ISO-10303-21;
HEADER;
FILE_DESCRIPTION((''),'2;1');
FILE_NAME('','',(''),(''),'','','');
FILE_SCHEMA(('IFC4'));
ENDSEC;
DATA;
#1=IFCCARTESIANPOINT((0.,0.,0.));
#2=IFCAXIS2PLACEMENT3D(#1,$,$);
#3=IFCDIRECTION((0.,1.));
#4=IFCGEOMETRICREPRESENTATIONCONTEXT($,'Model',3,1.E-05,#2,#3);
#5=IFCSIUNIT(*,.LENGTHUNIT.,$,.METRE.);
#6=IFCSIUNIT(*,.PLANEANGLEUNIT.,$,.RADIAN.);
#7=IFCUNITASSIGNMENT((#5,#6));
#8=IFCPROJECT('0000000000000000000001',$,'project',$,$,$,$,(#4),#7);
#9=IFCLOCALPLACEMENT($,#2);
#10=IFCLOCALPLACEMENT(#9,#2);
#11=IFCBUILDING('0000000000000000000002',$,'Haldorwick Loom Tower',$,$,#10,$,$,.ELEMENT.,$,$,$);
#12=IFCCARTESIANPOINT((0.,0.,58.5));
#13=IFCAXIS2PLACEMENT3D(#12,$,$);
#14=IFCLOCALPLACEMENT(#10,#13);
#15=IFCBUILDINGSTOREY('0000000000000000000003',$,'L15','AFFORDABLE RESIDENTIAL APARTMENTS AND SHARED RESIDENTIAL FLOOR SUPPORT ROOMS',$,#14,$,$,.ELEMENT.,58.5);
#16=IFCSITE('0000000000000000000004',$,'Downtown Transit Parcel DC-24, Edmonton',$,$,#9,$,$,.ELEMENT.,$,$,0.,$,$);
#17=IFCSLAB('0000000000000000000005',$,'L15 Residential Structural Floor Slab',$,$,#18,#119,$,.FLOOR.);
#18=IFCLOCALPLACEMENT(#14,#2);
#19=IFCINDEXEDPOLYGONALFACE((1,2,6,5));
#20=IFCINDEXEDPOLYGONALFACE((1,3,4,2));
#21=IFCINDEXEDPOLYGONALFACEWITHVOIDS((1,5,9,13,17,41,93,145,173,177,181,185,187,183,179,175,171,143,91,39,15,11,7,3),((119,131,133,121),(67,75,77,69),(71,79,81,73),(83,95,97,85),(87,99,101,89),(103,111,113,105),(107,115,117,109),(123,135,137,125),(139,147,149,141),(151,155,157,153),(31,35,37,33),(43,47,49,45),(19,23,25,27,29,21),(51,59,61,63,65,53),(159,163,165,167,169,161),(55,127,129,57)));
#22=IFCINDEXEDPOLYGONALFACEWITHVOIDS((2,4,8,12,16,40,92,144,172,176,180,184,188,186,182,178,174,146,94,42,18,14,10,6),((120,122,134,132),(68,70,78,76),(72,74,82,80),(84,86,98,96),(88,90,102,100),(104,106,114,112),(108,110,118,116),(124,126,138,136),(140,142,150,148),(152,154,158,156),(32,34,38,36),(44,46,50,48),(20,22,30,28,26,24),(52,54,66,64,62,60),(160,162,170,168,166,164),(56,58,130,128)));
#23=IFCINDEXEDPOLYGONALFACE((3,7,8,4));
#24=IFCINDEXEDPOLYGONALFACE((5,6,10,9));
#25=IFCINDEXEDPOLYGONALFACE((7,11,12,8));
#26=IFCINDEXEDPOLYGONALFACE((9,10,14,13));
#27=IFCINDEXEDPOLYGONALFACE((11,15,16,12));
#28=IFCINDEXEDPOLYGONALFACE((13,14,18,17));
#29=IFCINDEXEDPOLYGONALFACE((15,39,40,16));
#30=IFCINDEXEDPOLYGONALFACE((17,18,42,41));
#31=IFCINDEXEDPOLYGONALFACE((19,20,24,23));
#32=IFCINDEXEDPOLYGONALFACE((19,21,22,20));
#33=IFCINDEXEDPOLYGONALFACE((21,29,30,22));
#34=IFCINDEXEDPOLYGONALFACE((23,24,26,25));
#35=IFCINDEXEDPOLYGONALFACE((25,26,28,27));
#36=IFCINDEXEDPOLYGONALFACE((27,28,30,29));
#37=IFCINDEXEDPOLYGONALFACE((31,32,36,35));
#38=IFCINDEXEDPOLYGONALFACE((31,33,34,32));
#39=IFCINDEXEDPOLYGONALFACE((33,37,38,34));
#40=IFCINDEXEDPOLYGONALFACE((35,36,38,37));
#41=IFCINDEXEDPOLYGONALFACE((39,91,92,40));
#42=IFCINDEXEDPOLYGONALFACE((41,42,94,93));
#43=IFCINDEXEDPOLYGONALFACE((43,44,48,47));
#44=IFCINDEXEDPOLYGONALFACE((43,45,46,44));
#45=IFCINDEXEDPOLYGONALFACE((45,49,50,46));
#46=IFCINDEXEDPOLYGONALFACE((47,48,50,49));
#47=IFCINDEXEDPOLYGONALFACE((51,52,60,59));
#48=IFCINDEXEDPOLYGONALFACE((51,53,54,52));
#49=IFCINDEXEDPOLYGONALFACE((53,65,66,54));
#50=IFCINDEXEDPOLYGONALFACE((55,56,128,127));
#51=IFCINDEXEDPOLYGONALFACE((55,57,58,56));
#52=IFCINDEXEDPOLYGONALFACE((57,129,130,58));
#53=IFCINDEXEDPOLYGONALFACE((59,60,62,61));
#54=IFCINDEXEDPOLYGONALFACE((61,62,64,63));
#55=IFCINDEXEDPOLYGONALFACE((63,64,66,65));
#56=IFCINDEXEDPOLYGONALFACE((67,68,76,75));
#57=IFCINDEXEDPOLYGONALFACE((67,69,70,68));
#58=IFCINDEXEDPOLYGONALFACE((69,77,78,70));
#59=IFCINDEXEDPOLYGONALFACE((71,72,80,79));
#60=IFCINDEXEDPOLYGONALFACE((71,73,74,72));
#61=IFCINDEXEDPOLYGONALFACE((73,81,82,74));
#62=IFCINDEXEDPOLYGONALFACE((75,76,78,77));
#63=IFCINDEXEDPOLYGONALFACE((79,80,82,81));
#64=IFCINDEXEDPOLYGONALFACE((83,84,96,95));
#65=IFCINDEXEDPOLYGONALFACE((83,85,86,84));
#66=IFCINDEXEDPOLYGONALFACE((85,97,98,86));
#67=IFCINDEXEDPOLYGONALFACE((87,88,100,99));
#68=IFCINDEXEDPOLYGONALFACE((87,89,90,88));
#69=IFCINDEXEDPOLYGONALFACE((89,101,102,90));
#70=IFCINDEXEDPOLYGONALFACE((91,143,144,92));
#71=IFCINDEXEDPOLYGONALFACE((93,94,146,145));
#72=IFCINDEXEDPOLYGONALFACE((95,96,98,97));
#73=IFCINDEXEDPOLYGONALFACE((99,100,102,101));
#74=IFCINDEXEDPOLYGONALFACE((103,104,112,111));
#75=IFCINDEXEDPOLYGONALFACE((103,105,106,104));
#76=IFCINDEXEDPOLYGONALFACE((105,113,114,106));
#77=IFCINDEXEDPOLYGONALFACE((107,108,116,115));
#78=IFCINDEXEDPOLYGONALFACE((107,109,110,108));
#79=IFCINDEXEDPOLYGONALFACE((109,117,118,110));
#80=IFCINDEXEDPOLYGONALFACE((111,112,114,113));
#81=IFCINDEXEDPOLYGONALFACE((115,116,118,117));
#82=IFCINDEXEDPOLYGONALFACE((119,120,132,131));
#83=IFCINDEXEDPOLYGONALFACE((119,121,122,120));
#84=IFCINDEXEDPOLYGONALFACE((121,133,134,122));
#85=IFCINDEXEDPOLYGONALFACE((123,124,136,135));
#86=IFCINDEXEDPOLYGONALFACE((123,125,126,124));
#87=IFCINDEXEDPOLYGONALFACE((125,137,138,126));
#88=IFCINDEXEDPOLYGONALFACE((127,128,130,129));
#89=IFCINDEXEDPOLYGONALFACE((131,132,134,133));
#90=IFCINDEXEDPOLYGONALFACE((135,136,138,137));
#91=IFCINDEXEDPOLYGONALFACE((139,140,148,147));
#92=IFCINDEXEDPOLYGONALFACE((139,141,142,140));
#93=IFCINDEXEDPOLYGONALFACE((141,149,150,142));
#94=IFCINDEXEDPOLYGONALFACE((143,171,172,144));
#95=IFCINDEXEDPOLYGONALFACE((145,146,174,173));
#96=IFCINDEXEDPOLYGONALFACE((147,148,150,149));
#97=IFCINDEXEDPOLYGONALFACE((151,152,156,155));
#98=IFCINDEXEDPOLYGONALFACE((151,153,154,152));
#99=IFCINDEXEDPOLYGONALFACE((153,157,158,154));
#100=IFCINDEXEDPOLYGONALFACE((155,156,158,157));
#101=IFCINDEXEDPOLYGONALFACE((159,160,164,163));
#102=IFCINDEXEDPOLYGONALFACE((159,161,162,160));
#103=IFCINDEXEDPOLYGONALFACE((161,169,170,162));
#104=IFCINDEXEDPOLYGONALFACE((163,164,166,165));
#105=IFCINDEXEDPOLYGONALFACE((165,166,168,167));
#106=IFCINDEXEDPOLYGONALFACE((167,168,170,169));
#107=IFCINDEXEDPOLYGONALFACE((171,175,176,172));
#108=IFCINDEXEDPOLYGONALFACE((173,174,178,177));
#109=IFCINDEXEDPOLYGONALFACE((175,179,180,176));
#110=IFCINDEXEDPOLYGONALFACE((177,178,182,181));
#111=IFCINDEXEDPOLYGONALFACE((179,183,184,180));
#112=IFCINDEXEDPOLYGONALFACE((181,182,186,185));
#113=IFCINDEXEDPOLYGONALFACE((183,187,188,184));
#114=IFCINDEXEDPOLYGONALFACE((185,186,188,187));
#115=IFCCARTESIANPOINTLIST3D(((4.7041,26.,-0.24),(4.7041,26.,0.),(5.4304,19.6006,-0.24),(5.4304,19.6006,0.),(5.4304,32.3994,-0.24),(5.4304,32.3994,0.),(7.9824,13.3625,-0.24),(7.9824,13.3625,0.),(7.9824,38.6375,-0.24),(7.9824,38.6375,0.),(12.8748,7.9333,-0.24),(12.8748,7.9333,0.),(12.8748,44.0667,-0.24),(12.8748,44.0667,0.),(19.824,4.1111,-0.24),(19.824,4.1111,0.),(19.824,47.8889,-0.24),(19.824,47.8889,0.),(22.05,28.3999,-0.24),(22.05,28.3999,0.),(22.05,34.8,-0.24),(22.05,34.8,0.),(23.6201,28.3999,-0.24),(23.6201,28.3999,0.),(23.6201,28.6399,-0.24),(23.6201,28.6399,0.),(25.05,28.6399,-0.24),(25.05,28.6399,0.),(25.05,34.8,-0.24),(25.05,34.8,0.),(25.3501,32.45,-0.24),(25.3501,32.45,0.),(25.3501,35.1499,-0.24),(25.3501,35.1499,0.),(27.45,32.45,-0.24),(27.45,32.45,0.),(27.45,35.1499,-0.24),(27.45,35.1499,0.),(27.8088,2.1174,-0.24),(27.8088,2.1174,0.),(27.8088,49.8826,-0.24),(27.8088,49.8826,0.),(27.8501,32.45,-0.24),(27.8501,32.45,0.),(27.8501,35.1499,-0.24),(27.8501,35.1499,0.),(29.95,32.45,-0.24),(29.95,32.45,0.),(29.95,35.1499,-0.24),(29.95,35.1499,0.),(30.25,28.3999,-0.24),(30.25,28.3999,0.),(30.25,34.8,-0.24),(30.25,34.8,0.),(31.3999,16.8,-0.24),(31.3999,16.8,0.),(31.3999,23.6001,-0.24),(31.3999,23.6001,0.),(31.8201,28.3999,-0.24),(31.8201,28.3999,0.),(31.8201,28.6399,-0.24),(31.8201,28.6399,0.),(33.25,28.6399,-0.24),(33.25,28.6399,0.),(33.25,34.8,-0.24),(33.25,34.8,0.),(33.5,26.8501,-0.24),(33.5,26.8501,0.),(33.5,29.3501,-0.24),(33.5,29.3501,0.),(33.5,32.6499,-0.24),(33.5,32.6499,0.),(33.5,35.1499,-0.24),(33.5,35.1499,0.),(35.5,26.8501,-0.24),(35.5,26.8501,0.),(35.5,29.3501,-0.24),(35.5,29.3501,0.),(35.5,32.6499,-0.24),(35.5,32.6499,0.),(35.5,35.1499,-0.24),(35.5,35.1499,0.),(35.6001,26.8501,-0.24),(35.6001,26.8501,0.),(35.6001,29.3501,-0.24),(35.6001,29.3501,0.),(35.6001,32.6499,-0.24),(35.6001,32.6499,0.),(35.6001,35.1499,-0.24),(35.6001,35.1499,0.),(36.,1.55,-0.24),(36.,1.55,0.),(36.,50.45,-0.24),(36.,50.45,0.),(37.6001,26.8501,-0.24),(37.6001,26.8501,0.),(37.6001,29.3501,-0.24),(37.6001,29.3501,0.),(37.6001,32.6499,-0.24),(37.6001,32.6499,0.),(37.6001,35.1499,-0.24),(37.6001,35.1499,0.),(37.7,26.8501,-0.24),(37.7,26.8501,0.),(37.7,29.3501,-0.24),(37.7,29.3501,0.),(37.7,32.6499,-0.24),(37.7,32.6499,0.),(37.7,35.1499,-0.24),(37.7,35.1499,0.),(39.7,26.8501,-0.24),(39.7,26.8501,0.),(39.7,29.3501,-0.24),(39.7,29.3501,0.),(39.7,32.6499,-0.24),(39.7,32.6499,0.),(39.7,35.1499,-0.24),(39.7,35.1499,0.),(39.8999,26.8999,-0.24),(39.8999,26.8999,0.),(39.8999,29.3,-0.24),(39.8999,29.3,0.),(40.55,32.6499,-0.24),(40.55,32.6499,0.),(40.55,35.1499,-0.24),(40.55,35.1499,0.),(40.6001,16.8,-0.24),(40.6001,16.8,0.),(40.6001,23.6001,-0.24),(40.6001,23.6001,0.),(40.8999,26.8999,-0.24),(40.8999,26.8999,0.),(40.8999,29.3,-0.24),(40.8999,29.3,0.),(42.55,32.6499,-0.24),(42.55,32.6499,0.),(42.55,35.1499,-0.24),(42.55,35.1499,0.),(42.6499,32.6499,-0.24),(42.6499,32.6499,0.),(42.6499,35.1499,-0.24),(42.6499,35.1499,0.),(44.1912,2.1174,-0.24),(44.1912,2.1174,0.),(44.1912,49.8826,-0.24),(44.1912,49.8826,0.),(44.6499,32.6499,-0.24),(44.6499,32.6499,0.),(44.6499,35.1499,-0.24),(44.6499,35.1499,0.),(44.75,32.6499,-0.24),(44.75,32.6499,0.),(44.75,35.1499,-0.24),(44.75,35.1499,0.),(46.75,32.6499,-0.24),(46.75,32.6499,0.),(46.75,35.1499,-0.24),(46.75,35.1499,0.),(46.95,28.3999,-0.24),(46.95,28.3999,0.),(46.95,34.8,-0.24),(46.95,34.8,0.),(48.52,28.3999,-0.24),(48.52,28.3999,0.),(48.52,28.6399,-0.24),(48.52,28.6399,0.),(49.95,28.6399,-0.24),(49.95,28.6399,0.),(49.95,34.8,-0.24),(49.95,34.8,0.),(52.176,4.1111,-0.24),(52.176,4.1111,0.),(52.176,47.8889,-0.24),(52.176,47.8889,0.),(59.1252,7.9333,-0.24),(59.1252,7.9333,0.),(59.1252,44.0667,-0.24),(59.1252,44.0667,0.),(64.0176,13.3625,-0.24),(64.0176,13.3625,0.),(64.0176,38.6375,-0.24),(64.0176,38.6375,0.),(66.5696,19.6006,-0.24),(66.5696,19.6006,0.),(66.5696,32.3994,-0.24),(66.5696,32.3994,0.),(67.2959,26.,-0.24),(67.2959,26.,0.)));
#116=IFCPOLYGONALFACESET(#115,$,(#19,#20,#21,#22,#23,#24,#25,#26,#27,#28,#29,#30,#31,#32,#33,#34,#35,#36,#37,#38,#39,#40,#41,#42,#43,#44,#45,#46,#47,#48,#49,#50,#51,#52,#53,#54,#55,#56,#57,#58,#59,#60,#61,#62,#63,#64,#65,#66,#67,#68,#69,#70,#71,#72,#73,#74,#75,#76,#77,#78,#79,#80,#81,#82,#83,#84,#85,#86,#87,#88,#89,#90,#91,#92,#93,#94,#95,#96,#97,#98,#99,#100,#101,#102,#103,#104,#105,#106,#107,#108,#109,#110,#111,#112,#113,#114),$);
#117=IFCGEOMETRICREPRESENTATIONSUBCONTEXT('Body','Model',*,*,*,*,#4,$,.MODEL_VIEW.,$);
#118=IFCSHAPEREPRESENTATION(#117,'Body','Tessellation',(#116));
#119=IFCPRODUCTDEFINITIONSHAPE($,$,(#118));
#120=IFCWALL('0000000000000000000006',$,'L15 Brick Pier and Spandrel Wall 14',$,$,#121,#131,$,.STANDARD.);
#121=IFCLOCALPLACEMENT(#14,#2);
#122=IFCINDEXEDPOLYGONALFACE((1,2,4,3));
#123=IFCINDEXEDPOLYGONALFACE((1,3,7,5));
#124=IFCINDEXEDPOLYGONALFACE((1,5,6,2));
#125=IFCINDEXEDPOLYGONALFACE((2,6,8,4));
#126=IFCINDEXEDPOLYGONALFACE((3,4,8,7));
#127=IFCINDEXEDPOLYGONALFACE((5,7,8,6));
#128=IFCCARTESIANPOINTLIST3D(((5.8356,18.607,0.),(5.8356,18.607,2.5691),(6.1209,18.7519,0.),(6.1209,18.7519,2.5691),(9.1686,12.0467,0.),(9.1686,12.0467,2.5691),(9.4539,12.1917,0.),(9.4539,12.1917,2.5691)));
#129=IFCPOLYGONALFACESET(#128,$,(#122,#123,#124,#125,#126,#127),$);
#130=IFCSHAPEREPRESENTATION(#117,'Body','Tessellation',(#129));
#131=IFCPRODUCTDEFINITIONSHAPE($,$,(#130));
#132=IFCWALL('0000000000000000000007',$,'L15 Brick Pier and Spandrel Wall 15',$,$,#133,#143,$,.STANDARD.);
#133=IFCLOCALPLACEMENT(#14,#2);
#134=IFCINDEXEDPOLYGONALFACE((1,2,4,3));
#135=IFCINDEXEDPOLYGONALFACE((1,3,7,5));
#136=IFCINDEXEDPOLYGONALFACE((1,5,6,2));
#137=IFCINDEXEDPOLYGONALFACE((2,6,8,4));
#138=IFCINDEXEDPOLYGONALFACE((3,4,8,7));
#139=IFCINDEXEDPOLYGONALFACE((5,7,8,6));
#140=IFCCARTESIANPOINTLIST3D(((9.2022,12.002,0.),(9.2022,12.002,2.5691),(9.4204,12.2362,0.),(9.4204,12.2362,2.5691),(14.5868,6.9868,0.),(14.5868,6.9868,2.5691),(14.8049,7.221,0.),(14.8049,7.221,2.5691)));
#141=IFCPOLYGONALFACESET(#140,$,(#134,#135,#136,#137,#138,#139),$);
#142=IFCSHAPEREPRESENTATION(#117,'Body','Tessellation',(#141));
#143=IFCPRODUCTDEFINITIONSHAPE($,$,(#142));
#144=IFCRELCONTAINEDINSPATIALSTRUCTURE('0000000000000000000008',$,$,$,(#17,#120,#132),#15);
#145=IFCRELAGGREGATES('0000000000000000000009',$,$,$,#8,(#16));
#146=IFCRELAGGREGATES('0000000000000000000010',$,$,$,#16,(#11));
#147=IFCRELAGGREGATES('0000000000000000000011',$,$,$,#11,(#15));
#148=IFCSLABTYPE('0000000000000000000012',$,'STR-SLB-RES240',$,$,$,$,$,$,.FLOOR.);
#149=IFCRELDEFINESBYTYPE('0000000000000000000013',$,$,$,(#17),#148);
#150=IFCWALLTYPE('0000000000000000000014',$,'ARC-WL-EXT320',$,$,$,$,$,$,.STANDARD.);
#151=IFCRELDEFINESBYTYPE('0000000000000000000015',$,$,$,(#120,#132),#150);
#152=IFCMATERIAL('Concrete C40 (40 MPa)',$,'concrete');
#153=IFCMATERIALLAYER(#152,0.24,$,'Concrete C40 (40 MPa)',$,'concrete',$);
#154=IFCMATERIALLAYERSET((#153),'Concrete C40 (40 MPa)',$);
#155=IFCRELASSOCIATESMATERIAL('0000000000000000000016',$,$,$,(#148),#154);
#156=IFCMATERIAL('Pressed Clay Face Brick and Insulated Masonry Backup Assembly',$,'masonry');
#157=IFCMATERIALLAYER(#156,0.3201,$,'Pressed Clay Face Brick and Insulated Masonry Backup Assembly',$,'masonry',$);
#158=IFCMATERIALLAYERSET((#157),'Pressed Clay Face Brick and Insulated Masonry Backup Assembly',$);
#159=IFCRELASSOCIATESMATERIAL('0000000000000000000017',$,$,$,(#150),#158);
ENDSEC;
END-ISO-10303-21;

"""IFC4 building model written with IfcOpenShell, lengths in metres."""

from ifc_helpers import new_model, si_unit, direction, frame, frame_2d, origin, place, context, subcontext, project, spatial, polyline, rectangle, outline, extrude, material, layer, layer_set, type_object, element, save


model = new_model("IFC4")

# Units and contexts
model_context = context("Model", 3, precision=1e-05, world=origin(), true_north=direction((0.0, 1.0)))
body_context = subcontext(model_context, "Body", "Model", "MODEL_VIEW")
ifc_project = project(units=[si_unit("LENGTHUNIT", "METRE"), si_unit("PLANEANGLEUNIT", "RADIAN")], contexts=[model_context])

# Site, building, storey
site_placement = place(None, origin())
site = spatial("IfcSite", under=ifc_project, at=site_placement, Name="Downtown Transit Parcel DC-24, Edmonton", CompositionType="ELEMENT", RefElevation=0.0)
building_placement = place(site_placement, origin())
building = spatial("IfcBuilding", under=site, at=building_placement, Name="Haldorwick Loom Tower", CompositionType="ELEMENT")
storey_placement = place(building_placement, frame((0.0, 0.0, 58.5)))
storey = spatial("IfcBuildingStorey", under=building, at=storey_placement, Name="L15", Description="AFFORDABLE RESIDENTIAL APARTMENTS AND SHARED RESIDENTIAL FLOOR SUPPORT ROOMS", CompositionType="ELEMENT", Elevation=58.5)

# Shared definitions
ifc_material_1 = material(Name="Concrete C40 (40 MPa)", Category="concrete")

# Slab
ifc_layer_1 = layer(ifc_material_1, 0.24, Name="Concrete C40 (40 MPa)", Category="concrete")
ifc_layer_set_1 = layer_set([ifc_layer_1], Name="Concrete C40 (40 MPa)")
slab_type_1 = type_object("IfcSlabType", Name="STR-SLB-RES240", PredefinedType="FLOOR", material=ifc_layer_set_1)
slab_1_placement = place(storey_placement, frame((0.0, 0.0, -0.24)))
element("IfcSlab", 1, at=slab_1_placement, inside=storey, type_object=slab_type_1, Name="L15 Residential Structural Floor Slab", PredefinedType="FLOOR", context=body_context, shape_type="SweptSolid", body=[
    extrude(outline(polyline([(59.1252, 7.9333), (64.0176, 13.3625), (66.5696, 19.6006), (67.2959, 26.0), (66.5696, 32.3994), (64.0176, 38.6375), (59.1252, 44.0667), (52.176, 47.8889), (44.1912, 49.8826), (36.0, 50.45), (27.8088, 49.8826), (19.824, 47.8889), (12.8748, 44.0667), (7.9824, 38.6375), (5.4304, 32.3994), (4.7041, 26.0), (5.4304, 19.6006), (7.9824, 13.3625), (12.8748, 7.9333), (19.824, 4.1111), (27.8088, 2.1174), (36.0, 1.55), (44.1912, 2.1174), (52.176, 4.1111), (59.1252, 7.9333)]), holes=[polyline([(31.3999, 23.6001), (40.6001, 23.6001), (40.6001, 16.8), (31.3999, 16.8), (31.3999, 23.6001)]), polyline([(33.5, 26.8501), (33.5, 29.3501), (35.5, 29.3501), (35.5, 26.8501), (33.5, 26.8501)]), polyline([(22.05, 28.3999), (22.05, 34.8), (25.05, 34.8), (25.05, 28.6399), (23.6201, 28.6399), (23.6201, 28.3999), (22.05, 28.3999)]), polyline([(30.25, 28.3999), (30.25, 34.8), (33.25, 34.8), (33.25, 28.6399), (31.8201, 28.6399), (31.8201, 28.3999), (30.25, 28.3999)]), polyline([(25.3501, 32.45), (25.3501, 35.1499), (27.45, 35.1499), (27.45, 32.45), (25.3501, 32.45)]), polyline([(27.8501, 32.45), (27.8501, 35.1499), (29.95, 35.1499), (29.95, 32.45), (27.8501, 32.45)]), polyline([(33.5, 32.6499), (33.5, 35.1499), (35.5, 35.1499), (35.5, 32.6499), (33.5, 32.6499)]), polyline([(35.6001, 32.6499), (35.6001, 35.1499), (37.6001, 35.1499), (37.6001, 32.6499), (35.6001, 32.6499)]), polyline([(35.6001, 26.8501), (35.6001, 29.3501), (37.6001, 29.3501), (37.6001, 26.8501), (35.6001, 26.8501)]), polyline([(37.7, 26.8501), (37.7, 29.3501), (39.7, 29.3501), (39.7, 26.8501), (37.7, 26.8501)]), polyline([(39.8999, 26.8999), (39.8999, 29.3), (40.8999, 29.3), (40.8999, 26.8999), (39.8999, 26.8999)]), polyline([(46.95, 28.3999), (46.95, 34.8), (49.95, 34.8), (49.95, 28.6399), (48.52, 28.6399), (48.52, 28.3999), (46.95, 28.3999)]), polyline([(37.7, 32.6499), (37.7, 35.1499), (39.7, 35.1499), (39.7, 32.6499), (37.7, 32.6499)]), polyline([(40.55, 32.6499), (40.55, 35.1499), (42.55, 35.1499), (42.55, 32.6499), (40.55, 32.6499)]), polyline([(42.6499, 32.6499), (42.6499, 35.1499), (44.6499, 35.1499), (44.6499, 32.6499), (42.6499, 32.6499)]), polyline([(44.75, 32.6499), (44.75, 35.1499), (46.75, 35.1499), (46.75, 32.6499), (44.75, 32.6499)])]), origin(), (0.0, 0.0, 1.0), 0.24),
])

# Walls
ifc_material_2 = material(Name="Pressed Clay Face Brick and Insulated Masonry Backup Assembly", Category="masonry")
ifc_layer_2 = layer(ifc_material_2, 0.3201, Name="Pressed Clay Face Brick and Insulated Masonry Backup Assembly", Category="masonry")
ifc_layer_set_2 = layer_set([ifc_layer_2], Name="Pressed Clay Face Brick and Insulated Masonry Backup Assembly")
wall_type_1 = type_object("IfcWallType", Name="ARC-WL-EXT320", PredefinedType="STANDARD", material=ifc_layer_set_2)
for number, where, z_axis, x_axis, name in (
    (2, (5.9783, 18.6794, 0.0), (0.0, 0.0, 1.0), (0.452951, -0.891535, 0.0), "L15 Brick Pier and Spandrel Wall 14"),
    (3, (9.3113, 12.1191, 0.0), (0.0, 0.0, 1.0), (0.731761, -0.681561, 0.0), "L15 Brick Pier and Spandrel Wall 15"),
):
    element("IfcWall", number, at=place(storey_placement, frame(where, z_axis=z_axis, x_axis=x_axis)), inside=storey, type_object=wall_type_1, Name=name, PredefinedType="STANDARD", context=body_context, shape_type="SweptSolid", body=[
        extrude(rectangle(XDim=7.3584, YDim=0.3201, at=frame_2d((3.6792, 0.0))), origin(), (0.0, 0.0, 1.0), 2.5691),
    ])

save(model, "model.ifc")
